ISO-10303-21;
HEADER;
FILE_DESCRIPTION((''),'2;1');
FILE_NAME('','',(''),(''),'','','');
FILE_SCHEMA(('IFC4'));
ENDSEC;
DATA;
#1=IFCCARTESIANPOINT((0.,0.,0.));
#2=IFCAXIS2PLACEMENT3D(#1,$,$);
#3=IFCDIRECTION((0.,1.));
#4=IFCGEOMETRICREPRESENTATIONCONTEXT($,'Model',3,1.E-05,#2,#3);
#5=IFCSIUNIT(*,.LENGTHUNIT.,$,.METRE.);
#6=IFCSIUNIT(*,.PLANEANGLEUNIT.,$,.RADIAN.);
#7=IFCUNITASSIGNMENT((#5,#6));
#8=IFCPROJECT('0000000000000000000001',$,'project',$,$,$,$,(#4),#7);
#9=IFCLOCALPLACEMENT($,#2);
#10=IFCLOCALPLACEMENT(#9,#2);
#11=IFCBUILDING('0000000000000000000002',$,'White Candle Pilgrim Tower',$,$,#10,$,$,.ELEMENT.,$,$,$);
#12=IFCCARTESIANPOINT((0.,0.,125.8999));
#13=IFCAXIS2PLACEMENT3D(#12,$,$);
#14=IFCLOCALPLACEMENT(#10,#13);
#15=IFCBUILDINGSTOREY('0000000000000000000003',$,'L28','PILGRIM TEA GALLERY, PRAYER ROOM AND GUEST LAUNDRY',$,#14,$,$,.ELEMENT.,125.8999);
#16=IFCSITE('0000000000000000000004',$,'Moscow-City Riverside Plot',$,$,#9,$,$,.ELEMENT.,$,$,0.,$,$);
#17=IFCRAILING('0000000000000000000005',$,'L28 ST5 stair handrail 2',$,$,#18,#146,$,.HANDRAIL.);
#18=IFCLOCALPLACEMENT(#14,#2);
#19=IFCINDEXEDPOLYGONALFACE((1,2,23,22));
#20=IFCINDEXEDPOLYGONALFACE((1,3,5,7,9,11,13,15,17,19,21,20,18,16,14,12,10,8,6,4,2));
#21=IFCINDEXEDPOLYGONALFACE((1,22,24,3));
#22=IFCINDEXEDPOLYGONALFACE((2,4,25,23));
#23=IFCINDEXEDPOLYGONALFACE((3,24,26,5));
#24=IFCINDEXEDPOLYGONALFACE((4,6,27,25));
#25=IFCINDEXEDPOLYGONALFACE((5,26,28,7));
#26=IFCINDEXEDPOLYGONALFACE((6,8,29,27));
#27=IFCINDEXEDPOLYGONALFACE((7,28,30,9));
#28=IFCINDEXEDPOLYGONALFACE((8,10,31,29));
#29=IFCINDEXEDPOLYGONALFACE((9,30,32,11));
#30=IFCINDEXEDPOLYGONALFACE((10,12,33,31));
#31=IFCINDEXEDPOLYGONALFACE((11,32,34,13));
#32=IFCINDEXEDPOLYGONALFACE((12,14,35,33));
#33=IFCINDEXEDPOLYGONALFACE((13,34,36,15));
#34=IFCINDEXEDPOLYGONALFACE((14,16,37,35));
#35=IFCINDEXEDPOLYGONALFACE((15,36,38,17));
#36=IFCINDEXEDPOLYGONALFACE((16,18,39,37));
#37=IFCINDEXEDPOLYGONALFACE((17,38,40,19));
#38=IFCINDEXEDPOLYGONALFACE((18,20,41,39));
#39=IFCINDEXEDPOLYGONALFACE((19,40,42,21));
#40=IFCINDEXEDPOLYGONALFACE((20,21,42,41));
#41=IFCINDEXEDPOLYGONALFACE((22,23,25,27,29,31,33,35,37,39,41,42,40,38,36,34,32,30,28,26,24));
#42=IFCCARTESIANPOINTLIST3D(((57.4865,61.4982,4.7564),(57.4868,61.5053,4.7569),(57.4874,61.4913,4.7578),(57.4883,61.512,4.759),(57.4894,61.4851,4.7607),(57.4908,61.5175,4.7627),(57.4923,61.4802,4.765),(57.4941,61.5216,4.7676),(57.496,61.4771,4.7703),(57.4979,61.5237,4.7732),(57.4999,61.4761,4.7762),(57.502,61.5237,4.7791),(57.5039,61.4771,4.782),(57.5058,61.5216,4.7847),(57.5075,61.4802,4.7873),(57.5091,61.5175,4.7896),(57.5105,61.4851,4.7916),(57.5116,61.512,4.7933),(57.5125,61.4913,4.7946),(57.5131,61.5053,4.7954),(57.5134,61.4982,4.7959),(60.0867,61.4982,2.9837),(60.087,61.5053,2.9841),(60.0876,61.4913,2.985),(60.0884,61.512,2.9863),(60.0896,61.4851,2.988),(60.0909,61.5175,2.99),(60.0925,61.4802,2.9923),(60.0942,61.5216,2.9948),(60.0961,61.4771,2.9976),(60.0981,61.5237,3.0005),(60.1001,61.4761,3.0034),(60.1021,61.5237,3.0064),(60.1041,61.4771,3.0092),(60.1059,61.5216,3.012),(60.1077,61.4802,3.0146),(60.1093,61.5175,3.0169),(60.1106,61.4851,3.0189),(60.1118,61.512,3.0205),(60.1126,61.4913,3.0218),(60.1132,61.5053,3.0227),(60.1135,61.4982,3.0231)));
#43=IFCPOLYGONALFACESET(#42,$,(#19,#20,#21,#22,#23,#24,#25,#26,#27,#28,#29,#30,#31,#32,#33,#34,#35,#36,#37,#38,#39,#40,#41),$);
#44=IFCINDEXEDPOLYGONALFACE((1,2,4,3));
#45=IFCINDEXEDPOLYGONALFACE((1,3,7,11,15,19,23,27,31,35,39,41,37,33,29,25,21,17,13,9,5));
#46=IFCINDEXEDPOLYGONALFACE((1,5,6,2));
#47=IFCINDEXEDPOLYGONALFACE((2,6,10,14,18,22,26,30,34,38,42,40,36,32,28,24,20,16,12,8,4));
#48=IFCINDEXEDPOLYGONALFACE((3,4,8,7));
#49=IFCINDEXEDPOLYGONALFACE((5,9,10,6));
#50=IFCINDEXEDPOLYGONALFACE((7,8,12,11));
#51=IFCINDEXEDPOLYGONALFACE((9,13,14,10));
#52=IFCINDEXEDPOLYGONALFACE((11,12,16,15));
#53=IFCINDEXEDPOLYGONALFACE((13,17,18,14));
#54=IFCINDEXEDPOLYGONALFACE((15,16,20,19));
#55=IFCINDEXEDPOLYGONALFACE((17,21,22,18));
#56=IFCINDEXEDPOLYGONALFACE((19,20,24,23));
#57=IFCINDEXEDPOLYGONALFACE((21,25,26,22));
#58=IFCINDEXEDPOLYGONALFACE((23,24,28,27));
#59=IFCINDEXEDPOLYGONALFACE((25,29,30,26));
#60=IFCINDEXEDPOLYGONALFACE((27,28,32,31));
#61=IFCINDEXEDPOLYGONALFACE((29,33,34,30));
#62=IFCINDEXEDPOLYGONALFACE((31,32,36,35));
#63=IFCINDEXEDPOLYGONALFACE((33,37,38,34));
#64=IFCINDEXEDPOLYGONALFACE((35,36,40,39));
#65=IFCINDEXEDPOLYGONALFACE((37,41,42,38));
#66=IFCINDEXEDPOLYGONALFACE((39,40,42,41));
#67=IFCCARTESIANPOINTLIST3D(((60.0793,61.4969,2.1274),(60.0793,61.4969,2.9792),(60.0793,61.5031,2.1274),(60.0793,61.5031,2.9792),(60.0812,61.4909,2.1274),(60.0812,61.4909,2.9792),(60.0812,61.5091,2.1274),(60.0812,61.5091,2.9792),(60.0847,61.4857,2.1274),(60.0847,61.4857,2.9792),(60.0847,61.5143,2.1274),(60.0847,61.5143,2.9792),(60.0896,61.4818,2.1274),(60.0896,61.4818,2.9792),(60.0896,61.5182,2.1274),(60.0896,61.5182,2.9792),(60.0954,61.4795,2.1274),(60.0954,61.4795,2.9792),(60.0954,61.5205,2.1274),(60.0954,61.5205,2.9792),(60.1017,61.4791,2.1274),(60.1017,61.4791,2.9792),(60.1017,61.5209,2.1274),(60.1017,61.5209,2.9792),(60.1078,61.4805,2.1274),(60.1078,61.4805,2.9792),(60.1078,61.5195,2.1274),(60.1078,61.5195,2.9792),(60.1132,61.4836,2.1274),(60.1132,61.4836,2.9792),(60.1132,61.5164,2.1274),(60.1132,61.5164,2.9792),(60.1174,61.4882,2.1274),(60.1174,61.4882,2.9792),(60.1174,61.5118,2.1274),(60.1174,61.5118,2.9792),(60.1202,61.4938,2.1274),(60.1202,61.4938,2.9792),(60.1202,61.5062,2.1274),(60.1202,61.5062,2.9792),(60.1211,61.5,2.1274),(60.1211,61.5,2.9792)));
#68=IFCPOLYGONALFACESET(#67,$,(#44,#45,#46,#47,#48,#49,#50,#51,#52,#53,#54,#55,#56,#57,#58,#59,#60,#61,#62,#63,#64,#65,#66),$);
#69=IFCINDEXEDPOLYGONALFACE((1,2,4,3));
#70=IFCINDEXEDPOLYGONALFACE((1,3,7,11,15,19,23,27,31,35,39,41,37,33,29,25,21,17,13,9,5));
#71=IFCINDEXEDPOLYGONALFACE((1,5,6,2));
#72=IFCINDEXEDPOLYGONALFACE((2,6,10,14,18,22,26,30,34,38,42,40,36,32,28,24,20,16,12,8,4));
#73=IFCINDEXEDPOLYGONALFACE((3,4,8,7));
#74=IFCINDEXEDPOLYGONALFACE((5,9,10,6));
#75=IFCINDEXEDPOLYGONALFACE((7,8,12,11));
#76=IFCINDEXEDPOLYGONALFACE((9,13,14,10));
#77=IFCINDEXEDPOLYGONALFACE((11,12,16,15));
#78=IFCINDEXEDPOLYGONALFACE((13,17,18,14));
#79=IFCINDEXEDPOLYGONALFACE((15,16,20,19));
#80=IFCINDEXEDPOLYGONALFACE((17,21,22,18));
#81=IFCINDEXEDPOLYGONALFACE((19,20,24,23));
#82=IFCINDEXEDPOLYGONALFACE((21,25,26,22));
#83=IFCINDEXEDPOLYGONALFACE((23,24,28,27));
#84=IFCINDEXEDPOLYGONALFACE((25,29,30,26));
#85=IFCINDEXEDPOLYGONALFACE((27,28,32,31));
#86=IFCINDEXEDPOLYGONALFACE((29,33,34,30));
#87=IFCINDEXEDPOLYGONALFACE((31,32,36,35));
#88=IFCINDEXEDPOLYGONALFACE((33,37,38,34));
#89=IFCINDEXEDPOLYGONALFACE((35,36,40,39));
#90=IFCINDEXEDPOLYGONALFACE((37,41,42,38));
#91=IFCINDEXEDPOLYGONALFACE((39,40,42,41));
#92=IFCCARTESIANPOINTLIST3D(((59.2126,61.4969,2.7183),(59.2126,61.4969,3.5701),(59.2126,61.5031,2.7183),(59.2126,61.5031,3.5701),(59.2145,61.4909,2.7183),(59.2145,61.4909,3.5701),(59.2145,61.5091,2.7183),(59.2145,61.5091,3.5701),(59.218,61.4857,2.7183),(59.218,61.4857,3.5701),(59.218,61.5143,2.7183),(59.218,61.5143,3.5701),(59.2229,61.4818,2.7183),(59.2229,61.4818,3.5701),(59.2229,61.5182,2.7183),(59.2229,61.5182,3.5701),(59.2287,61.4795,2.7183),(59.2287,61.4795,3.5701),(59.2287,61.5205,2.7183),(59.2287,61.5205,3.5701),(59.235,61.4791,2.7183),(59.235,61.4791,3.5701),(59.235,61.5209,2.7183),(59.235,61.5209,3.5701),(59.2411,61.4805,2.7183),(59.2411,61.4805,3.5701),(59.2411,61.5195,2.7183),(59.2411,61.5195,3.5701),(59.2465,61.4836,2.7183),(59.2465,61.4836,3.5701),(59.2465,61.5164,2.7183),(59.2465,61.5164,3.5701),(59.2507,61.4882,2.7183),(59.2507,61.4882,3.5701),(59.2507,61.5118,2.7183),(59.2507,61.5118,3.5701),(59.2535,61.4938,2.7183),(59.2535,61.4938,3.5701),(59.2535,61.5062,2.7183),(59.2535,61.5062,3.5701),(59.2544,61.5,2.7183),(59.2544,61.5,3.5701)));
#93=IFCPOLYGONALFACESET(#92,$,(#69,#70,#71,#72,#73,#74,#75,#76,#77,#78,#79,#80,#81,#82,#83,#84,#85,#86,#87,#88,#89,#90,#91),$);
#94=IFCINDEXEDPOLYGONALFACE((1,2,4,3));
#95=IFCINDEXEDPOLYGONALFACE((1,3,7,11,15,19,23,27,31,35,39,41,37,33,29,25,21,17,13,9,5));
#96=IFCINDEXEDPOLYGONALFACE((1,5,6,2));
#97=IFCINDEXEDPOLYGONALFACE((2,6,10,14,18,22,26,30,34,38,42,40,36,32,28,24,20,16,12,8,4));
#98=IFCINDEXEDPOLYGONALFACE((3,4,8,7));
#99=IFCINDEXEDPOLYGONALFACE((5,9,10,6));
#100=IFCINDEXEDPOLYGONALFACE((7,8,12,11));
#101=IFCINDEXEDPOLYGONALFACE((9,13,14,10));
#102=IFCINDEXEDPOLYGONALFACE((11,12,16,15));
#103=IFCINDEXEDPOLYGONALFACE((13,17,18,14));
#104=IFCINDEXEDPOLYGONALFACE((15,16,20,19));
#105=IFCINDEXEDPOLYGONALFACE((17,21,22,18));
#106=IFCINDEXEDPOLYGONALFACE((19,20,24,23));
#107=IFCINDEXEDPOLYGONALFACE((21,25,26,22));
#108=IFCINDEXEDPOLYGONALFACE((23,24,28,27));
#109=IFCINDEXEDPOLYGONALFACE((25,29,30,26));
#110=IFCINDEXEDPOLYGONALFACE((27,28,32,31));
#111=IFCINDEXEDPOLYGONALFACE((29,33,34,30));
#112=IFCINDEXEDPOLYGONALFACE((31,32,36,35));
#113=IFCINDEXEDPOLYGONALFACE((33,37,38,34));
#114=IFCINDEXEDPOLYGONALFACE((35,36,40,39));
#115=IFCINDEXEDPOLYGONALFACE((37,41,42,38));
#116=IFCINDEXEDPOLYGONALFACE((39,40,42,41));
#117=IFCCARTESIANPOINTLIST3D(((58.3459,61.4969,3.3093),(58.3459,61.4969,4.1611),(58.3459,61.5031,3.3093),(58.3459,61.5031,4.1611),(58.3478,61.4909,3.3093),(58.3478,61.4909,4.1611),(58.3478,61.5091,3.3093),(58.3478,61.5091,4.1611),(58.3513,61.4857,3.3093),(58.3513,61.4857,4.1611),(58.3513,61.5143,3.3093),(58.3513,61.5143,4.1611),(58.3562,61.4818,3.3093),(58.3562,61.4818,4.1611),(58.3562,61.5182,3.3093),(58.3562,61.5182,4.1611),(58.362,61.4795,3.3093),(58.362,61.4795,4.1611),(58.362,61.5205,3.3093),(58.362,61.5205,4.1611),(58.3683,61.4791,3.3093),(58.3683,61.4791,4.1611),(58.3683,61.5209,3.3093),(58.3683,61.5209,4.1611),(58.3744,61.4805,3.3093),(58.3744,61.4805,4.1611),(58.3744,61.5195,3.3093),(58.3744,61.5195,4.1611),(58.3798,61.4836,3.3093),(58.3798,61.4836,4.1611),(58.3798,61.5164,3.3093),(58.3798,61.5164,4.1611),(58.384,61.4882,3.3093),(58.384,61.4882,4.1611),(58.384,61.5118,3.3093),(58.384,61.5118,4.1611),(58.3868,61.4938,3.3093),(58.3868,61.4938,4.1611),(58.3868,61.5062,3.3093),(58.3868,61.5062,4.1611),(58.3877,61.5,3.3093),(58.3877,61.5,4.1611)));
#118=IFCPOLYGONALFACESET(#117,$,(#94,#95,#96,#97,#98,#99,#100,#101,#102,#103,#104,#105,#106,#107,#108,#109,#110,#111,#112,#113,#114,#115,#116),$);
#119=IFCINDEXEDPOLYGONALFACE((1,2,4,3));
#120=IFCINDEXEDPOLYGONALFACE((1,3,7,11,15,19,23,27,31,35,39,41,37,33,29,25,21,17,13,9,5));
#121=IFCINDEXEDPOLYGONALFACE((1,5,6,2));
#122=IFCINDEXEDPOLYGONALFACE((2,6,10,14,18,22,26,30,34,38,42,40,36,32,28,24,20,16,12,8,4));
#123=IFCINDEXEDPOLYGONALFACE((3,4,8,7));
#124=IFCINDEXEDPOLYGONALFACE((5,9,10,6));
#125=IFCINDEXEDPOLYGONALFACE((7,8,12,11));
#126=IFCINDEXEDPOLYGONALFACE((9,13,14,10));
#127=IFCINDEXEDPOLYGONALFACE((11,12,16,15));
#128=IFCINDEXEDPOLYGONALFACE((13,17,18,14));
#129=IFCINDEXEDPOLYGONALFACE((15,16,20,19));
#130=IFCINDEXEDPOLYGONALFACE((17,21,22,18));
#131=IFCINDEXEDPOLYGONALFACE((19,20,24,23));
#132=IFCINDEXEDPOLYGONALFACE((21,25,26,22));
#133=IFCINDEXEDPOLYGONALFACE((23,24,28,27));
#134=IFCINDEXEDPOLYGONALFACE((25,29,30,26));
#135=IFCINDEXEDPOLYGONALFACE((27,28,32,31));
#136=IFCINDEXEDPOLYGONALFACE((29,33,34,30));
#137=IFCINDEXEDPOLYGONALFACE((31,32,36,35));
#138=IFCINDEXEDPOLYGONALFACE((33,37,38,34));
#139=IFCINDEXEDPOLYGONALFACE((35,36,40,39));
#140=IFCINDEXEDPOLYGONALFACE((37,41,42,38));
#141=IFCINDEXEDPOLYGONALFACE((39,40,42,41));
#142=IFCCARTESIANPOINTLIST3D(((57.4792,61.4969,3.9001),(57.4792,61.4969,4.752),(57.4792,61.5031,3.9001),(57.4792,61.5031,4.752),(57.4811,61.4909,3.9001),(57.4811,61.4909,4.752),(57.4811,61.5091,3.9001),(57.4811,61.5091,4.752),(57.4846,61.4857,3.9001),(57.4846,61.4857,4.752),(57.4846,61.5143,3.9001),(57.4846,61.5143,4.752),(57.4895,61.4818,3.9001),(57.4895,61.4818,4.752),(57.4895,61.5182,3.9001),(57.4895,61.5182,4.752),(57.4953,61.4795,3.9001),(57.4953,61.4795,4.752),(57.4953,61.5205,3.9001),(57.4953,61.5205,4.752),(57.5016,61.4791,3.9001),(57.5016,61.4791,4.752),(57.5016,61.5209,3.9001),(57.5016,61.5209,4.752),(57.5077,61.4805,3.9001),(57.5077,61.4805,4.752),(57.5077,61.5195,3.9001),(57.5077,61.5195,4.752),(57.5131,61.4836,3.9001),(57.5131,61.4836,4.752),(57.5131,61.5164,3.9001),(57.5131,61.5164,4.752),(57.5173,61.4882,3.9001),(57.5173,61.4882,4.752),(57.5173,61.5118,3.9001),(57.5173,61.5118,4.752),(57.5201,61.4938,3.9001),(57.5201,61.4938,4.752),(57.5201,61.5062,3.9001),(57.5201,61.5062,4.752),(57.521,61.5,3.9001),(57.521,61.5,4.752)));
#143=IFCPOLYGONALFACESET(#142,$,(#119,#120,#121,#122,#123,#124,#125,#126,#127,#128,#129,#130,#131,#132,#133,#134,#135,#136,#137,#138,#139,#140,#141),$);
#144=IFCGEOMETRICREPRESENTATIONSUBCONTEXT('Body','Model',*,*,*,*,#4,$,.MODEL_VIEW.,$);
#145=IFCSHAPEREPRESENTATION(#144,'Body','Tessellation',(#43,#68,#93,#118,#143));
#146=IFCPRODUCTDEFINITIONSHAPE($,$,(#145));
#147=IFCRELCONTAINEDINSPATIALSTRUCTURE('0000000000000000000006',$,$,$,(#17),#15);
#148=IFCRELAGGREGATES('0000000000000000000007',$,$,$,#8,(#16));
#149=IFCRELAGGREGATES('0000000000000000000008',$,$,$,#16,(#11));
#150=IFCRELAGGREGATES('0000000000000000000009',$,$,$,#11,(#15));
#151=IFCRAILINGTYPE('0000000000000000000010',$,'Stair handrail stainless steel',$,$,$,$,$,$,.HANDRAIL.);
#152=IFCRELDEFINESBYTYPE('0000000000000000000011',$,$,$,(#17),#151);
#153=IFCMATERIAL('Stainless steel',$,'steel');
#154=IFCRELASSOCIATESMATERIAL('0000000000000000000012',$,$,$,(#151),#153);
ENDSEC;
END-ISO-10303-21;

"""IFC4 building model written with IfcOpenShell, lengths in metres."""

from ifc_helpers import new_model, si_unit, direction, frame, origin, origin_2d, place, context, subcontext, project, spatial, circle, extrude, material, type_object, element, save


model = new_model("IFC4")

# Units and contexts
model_context = context("Model", 3, precision=1e-05, world=origin(), true_north=direction((0.0, 1.0)))
body_context = subcontext(model_context, "Body", "Model", "MODEL_VIEW")
ifc_project = project(units=[si_unit("LENGTHUNIT", "METRE"), si_unit("PLANEANGLEUNIT", "RADIAN")], contexts=[model_context])

# Site, building, storey
site_placement = place(None, origin())
site = spatial("IfcSite", under=ifc_project, at=site_placement, Name="Moscow-City Riverside Plot", CompositionType="ELEMENT", RefElevation=0.0)
building_placement = place(site_placement, origin())
building = spatial("IfcBuilding", under=site, at=building_placement, Name="White Candle Pilgrim Tower", CompositionType="ELEMENT")
storey_placement = place(building_placement, frame((0.0, 0.0, 125.8999)))
storey = spatial("IfcBuildingStorey", under=building, at=storey_placement, Name="L28", Description="PILGRIM TEA GALLERY, PRAYER ROOM AND GUEST LAUNDRY", CompositionType="ELEMENT", Elevation=125.8999)

# Shared definitions
ifc_material_1 = material(Name="Stainless steel", Category="steel")

# Railing
railing_type_1 = type_object("IfcRailingType", Name="Stair handrail stainless steel", PredefinedType="HANDRAIL", material=ifc_material_1)
railing_1_placement = place(storey_placement, frame((60.1001, 61.5, 2.1274)))
element("IfcRailing", 1, at=railing_1_placement, inside=storey, type_object=railing_type_1, Name="L28 ST5 stair handrail 2", PredefinedType="HANDRAIL", context=body_context, shape_type="SweptSolid", body=[
    extrude(circle(Radius=0.0239, at=origin_2d()), frame((0.0, 0.0, 0.876), z_axis=(-0.82624, 0.0, 0.563318), x_axis=(0.0, -1.0, 0.0)), (0.0, 0.0, 1.0), 3.147),
    extrude(circle(Radius=0.021, at=origin_2d()), origin(), (0.0, 0.0, 1.0), 0.8518),
    extrude(circle(Radius=0.021, at=origin_2d()), frame((-0.8667, 0.0, 0.5908)), (0.0, 0.0, 1.0), 0.8518),
    extrude(circle(Radius=0.021, at=origin_2d()), frame((-1.7334, 0.0, 1.1819)), (0.0, 0.0, 1.0), 0.8518),
    extrude(circle(Radius=0.021, at=origin_2d()), frame((-2.6001, 0.0, 1.7727)), (0.0, 0.0, 1.0), 0.8518),
])

save(model, "model.ifc")
